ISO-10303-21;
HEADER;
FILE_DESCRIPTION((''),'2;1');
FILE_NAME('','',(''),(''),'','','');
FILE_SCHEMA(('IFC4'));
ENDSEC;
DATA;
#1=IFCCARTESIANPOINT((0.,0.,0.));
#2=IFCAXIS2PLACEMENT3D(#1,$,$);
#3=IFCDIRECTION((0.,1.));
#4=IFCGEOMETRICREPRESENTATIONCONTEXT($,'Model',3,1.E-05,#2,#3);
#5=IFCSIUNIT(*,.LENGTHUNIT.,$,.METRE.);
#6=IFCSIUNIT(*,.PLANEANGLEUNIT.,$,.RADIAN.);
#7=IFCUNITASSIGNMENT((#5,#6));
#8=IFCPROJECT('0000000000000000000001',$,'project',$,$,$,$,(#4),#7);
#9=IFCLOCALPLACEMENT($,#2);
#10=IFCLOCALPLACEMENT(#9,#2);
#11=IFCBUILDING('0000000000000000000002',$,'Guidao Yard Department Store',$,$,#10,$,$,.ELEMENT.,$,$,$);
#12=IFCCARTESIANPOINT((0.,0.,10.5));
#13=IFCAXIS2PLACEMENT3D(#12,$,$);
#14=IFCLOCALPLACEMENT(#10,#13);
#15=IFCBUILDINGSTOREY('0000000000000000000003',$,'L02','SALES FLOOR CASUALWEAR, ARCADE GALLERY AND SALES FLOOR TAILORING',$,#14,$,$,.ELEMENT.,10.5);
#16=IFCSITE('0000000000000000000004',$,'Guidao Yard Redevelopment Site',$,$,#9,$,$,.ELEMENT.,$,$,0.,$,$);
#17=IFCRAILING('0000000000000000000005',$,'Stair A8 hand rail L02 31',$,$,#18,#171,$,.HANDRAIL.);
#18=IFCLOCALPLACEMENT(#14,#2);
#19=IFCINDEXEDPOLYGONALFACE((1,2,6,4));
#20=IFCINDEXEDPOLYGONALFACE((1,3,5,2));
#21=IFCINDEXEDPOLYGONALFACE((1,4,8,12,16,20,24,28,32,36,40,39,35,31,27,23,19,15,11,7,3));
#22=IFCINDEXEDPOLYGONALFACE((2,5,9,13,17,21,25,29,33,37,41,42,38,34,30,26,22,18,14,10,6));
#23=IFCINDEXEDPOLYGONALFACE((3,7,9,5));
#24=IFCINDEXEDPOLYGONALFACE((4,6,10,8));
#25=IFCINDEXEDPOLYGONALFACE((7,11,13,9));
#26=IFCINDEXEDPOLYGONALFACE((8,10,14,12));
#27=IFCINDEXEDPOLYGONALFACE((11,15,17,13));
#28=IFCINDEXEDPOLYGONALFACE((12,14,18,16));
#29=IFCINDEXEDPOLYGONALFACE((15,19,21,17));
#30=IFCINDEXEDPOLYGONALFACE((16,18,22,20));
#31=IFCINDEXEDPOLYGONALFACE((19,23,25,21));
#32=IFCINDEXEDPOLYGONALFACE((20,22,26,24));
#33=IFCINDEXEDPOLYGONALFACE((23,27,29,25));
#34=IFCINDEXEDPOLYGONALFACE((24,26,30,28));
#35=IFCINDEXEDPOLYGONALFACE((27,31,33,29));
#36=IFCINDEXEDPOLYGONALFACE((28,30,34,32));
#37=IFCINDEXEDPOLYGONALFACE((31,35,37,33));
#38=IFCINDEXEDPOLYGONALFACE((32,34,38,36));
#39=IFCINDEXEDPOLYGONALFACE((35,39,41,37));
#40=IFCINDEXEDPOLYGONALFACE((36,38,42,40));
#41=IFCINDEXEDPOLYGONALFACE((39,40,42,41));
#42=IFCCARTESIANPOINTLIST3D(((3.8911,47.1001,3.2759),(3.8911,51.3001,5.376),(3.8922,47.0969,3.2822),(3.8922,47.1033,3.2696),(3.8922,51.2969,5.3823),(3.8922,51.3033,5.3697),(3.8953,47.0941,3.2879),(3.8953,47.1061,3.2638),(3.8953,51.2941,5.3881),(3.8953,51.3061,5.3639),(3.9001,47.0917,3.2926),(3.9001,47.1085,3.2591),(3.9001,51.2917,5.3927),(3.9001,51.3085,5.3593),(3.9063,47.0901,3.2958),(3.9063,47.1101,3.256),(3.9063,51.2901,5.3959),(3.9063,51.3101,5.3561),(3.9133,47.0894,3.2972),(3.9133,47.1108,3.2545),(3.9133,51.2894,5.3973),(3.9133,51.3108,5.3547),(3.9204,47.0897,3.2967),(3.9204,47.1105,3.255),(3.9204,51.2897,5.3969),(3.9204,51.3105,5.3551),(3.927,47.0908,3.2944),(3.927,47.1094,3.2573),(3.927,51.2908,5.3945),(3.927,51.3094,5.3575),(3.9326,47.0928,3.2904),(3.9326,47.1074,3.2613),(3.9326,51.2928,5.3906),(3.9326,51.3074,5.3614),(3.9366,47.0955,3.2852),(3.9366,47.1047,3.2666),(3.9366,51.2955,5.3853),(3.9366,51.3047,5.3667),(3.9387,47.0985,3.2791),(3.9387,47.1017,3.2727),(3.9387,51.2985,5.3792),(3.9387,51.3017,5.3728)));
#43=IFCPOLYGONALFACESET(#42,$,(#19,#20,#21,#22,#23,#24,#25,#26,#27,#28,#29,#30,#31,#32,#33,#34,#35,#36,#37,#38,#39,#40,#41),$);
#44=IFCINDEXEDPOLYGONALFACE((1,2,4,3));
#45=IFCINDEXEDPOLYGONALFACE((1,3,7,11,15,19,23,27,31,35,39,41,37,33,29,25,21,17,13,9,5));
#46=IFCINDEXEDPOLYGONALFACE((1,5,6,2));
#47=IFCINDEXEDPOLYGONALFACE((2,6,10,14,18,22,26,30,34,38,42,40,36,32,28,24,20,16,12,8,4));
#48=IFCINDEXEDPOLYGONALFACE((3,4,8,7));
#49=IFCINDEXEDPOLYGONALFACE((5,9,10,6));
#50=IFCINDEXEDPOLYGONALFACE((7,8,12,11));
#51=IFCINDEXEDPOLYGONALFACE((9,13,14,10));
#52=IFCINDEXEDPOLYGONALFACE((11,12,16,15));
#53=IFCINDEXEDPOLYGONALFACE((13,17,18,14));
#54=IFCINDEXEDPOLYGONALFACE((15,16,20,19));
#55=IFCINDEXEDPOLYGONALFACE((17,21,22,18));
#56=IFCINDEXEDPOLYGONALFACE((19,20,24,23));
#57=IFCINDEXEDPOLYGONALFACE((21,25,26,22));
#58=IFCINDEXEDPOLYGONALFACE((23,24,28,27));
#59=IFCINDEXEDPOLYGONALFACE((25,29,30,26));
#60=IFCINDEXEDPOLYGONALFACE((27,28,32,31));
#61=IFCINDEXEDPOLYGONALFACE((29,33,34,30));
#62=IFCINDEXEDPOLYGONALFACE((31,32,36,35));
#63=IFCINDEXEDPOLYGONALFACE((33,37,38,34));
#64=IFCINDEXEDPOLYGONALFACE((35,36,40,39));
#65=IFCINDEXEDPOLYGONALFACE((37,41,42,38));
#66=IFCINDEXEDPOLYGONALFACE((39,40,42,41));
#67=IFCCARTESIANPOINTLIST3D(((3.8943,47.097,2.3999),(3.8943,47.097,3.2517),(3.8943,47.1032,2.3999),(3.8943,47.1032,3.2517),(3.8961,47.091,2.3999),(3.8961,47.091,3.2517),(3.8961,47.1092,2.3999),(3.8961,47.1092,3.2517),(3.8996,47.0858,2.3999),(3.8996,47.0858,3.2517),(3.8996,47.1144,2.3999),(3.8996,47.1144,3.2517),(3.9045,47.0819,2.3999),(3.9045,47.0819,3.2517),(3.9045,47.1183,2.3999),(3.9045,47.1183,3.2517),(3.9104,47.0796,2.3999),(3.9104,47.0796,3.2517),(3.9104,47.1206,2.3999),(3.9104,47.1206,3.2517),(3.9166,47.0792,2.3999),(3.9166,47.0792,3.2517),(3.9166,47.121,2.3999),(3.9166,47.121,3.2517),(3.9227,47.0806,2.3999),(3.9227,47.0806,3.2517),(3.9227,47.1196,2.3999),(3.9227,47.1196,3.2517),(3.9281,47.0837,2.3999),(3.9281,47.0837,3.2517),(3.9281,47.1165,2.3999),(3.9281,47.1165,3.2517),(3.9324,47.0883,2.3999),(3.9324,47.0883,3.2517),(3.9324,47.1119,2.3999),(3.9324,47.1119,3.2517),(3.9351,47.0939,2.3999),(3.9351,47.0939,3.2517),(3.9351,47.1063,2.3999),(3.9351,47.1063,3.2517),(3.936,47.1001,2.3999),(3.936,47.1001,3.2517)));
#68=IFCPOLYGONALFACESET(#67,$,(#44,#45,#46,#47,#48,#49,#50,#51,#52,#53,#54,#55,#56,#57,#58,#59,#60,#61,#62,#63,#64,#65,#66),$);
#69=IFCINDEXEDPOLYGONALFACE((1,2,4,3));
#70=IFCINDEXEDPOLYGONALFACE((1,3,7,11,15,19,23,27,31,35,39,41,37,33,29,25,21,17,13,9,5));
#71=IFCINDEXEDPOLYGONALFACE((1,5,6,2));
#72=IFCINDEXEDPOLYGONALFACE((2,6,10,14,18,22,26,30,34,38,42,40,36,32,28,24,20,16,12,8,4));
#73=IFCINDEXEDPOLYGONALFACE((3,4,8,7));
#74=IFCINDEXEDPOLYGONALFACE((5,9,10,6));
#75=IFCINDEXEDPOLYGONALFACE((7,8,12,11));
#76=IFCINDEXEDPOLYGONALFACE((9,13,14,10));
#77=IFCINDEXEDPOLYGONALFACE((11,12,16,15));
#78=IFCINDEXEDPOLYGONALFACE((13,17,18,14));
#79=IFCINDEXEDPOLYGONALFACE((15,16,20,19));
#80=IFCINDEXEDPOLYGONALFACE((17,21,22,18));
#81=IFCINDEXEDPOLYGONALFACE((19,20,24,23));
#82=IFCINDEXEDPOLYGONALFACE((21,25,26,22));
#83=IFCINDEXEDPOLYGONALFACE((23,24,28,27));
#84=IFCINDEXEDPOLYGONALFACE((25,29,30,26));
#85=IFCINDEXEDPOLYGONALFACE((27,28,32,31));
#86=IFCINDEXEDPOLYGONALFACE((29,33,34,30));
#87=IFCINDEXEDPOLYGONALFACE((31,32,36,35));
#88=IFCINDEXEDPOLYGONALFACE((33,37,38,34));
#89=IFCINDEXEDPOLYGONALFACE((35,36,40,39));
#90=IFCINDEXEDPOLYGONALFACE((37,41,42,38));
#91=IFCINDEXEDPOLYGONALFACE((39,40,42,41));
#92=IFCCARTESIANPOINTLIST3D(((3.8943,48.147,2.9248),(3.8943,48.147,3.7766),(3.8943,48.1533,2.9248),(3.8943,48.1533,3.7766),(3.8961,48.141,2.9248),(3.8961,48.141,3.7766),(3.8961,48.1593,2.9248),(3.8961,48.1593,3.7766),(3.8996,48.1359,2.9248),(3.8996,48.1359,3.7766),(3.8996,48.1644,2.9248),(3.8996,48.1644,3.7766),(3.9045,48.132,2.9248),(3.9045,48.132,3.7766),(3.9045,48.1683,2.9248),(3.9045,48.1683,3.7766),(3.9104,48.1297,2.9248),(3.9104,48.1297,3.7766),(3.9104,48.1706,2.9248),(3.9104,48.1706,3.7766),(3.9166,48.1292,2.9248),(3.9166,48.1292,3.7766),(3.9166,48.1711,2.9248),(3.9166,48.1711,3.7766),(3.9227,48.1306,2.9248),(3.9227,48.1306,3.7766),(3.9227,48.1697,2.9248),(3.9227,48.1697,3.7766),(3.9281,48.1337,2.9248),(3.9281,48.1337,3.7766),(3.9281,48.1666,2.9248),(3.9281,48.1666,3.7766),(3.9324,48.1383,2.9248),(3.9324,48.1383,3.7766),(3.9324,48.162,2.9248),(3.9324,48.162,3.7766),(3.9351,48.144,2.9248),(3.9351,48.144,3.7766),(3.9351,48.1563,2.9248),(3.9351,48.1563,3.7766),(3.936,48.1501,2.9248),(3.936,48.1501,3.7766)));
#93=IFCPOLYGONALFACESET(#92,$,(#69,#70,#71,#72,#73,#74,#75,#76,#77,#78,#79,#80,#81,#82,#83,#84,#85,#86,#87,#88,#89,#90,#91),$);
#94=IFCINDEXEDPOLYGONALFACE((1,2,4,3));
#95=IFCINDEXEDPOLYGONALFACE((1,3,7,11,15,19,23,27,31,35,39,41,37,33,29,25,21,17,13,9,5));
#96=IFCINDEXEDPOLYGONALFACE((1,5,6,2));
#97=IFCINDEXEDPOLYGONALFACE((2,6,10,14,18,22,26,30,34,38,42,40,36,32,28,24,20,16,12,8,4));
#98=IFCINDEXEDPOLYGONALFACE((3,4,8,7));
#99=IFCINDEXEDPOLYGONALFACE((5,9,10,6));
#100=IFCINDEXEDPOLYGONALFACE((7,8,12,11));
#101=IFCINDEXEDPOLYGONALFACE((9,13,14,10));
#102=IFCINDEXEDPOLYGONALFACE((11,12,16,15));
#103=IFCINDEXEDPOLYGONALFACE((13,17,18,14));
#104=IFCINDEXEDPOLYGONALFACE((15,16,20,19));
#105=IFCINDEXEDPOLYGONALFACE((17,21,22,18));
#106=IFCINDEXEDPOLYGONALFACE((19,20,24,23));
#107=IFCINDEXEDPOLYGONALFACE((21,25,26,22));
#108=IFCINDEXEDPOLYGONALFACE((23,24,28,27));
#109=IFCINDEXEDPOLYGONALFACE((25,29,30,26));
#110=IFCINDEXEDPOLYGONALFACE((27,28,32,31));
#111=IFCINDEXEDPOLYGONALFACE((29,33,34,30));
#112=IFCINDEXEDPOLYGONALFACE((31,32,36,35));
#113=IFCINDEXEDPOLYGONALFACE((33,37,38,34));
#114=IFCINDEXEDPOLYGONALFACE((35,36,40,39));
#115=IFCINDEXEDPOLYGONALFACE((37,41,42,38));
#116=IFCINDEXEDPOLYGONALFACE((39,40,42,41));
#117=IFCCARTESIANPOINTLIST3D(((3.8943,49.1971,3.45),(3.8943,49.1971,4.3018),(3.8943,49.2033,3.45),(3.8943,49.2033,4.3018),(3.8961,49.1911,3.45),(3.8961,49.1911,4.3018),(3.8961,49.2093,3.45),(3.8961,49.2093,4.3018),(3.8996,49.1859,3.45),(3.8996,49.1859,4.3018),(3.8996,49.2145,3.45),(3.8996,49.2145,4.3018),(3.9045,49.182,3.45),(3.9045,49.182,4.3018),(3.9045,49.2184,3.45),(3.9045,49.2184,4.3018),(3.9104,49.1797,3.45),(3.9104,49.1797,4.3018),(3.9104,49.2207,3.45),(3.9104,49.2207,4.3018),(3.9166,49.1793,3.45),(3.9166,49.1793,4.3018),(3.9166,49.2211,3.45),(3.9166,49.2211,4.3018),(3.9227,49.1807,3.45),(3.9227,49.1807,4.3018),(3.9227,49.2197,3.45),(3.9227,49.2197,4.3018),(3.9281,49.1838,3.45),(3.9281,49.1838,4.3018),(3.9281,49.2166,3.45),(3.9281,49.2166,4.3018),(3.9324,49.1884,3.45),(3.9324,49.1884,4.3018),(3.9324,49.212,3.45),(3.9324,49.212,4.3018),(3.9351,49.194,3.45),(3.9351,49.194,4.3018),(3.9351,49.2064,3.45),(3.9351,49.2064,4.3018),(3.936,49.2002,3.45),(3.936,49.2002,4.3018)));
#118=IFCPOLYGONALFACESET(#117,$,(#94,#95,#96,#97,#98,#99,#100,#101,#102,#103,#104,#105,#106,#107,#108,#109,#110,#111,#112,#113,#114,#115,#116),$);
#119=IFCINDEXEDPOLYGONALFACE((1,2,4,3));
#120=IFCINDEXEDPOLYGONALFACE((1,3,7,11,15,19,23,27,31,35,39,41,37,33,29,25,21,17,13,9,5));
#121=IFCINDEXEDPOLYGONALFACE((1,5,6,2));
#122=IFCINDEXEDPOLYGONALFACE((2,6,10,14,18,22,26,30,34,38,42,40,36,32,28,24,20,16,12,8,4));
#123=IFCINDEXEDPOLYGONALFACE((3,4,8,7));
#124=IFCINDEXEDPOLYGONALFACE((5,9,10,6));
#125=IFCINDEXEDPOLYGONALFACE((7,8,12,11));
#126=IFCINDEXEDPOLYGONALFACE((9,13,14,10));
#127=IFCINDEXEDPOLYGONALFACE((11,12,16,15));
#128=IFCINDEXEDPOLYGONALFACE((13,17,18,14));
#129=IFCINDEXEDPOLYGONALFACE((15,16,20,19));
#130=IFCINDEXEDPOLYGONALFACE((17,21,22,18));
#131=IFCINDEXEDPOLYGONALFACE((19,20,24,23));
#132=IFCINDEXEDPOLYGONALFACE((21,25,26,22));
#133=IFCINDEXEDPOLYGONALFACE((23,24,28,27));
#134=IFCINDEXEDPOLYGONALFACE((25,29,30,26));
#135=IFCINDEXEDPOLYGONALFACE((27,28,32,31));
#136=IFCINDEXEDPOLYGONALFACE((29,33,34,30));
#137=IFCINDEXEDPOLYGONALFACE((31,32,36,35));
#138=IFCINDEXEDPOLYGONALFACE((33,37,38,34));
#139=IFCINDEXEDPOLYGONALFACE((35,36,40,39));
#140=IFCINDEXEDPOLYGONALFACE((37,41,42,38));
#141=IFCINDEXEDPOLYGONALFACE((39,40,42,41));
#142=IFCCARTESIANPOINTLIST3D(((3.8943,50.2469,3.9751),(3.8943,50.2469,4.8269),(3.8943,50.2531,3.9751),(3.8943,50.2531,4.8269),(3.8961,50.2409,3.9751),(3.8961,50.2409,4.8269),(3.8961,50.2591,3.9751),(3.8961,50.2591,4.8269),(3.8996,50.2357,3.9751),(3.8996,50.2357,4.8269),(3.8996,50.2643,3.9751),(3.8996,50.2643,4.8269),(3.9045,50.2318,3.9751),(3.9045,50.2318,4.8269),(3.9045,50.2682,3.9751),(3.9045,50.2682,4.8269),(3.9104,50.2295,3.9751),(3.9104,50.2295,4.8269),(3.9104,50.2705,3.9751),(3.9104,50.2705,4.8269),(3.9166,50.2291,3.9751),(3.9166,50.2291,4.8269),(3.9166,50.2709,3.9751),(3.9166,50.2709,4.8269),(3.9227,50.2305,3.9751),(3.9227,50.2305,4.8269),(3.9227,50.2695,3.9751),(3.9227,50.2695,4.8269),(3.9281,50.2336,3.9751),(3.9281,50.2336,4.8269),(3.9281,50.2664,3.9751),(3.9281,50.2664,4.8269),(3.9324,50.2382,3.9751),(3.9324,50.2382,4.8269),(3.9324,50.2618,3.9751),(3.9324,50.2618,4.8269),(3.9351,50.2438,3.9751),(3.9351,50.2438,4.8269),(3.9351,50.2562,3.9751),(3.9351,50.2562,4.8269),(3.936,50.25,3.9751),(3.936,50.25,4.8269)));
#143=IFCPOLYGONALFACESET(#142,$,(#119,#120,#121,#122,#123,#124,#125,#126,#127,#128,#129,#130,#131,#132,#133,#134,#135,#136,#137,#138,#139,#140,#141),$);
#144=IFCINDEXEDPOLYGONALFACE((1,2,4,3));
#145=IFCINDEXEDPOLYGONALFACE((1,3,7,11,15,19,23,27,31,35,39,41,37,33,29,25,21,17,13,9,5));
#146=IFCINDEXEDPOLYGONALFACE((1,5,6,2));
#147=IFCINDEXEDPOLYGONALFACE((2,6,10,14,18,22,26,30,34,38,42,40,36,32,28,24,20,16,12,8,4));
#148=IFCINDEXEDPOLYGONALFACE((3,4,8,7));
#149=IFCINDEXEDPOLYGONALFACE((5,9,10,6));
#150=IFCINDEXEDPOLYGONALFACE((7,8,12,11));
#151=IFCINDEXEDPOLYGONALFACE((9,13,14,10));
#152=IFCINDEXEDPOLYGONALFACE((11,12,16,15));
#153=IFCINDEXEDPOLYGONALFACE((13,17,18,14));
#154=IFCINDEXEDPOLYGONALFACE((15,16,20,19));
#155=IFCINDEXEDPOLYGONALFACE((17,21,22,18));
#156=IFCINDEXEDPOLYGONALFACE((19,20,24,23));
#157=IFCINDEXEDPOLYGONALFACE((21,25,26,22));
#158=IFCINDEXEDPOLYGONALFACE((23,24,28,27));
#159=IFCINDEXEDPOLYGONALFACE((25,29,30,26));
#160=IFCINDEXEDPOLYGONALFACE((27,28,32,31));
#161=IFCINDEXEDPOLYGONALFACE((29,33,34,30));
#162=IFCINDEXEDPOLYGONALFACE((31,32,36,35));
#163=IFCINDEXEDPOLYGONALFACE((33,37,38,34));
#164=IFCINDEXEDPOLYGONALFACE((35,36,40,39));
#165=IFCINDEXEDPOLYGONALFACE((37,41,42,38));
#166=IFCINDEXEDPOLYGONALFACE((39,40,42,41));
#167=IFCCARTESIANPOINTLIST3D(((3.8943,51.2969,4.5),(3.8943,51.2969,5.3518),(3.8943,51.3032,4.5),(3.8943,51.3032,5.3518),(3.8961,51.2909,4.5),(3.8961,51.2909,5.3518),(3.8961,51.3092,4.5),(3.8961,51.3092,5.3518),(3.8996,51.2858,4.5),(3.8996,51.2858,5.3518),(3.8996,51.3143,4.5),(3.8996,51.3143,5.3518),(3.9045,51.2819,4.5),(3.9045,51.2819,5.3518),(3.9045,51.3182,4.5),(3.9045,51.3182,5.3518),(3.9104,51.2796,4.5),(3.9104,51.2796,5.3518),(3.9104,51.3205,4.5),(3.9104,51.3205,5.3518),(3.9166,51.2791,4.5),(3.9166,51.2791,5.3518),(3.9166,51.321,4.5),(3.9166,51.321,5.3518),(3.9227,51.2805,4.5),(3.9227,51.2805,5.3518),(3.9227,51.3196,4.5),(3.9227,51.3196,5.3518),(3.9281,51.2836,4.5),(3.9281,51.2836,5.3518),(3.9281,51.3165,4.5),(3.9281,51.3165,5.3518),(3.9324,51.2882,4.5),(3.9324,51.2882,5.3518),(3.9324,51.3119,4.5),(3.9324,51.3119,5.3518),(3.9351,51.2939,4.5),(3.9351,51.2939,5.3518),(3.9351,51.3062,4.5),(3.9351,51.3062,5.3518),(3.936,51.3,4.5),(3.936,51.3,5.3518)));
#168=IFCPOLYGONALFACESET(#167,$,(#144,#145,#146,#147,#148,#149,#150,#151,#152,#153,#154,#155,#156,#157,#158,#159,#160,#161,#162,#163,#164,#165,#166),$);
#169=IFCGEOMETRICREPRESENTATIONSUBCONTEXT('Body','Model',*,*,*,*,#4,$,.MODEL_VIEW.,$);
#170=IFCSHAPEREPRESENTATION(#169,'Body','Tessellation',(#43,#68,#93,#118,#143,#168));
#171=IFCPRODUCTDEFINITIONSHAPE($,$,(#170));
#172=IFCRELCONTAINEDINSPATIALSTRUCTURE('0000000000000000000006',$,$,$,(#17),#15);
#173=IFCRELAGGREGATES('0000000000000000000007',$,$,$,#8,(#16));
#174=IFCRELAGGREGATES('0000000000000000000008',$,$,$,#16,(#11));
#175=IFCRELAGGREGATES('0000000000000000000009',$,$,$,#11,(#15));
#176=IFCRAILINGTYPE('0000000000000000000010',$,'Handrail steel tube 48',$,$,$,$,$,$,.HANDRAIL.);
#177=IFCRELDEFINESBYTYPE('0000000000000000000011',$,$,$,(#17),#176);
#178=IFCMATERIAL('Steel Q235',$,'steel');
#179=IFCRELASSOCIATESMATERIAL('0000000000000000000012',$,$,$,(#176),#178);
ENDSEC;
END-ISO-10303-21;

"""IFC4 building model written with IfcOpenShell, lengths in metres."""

from ifc_helpers import new_model, si_unit, direction, frame, origin, origin_2d, place, context, subcontext, project, spatial, circle, extrude, material, type_object, element, save


model = new_model("IFC4")

# Units and contexts
model_context = context("Model", 3, precision=1e-05, world=origin(), true_north=direction((0.0, 1.0)))
body_context = subcontext(model_context, "Body", "Model", "MODEL_VIEW")
ifc_project = project(units=[si_unit("LENGTHUNIT", "METRE"), si_unit("PLANEANGLEUNIT", "RADIAN")], contexts=[model_context])

# Site, building, storey
site_placement = place(None, origin())
site = spatial("IfcSite", under=ifc_project, at=site_placement, Name="Guidao Yard Redevelopment Site", CompositionType="ELEMENT", RefElevation=0.0)
building_placement = place(site_placement, origin())
building = spatial("IfcBuilding", under=site, at=building_placement, Name="Guidao Yard Department Store", CompositionType="ELEMENT")
storey_placement = place(building_placement, frame((0.0, 0.0, 10.5)))
storey = spatial("IfcBuildingStorey", under=building, at=storey_placement, Name="L02", Description="SALES FLOOR CASUALWEAR, ARCADE GALLERY AND SALES FLOOR TAILORING", CompositionType="ELEMENT", Elevation=10.5)

# Railing
ifc_material_1 = material(Name="Steel Q235", Category="steel")
railing_type_1 = type_object("IfcRailingType", Name="Handrail steel tube 48", PredefinedType="HANDRAIL", material=ifc_material_1)
for number, where, name in (
    (1, (3.915, 47.1001, 2.3999), "Stair A8 hand rail L02 31"),
):
    element("IfcRailing", number, at=place(storey_placement, frame(where)), inside=storey, type_object=railing_type_1, Name=name, PredefinedType="HANDRAIL", context=body_context, shape_type="SweptSolid", body=[
        extrude(circle(Radius=0.0239, at=origin_2d()), frame((0.0, 0.0, 0.876), z_axis=(0.0, 0.894417, 0.447234), x_axis=(-1.0, 0.0, 0.0)), (0.0, 0.0, 1.0), 4.6958),
        extrude(circle(Radius=0.021, at=origin_2d()), origin(), (0.0, 0.0, 1.0), 0.8518),
        extrude(circle(Radius=0.021, at=origin_2d()), frame((0.0, 1.05, 0.5249)), (0.0, 0.0, 1.0), 0.8518),
        extrude(circle(Radius=0.021, at=origin_2d()), frame((0.0, 2.1001, 1.05)), (0.0, 0.0, 1.0), 0.8518),
        extrude(circle(Radius=0.021, at=origin_2d()), frame((0.0, 3.1499, 1.5752)), (0.0, 0.0, 1.0), 0.8518),
        extrude(circle(Radius=0.021, at=origin_2d()), frame((0.0, 4.2, 2.1001)), (0.0, 0.0, 1.0), 0.8518),
    ])

save(model, "model.ifc")
